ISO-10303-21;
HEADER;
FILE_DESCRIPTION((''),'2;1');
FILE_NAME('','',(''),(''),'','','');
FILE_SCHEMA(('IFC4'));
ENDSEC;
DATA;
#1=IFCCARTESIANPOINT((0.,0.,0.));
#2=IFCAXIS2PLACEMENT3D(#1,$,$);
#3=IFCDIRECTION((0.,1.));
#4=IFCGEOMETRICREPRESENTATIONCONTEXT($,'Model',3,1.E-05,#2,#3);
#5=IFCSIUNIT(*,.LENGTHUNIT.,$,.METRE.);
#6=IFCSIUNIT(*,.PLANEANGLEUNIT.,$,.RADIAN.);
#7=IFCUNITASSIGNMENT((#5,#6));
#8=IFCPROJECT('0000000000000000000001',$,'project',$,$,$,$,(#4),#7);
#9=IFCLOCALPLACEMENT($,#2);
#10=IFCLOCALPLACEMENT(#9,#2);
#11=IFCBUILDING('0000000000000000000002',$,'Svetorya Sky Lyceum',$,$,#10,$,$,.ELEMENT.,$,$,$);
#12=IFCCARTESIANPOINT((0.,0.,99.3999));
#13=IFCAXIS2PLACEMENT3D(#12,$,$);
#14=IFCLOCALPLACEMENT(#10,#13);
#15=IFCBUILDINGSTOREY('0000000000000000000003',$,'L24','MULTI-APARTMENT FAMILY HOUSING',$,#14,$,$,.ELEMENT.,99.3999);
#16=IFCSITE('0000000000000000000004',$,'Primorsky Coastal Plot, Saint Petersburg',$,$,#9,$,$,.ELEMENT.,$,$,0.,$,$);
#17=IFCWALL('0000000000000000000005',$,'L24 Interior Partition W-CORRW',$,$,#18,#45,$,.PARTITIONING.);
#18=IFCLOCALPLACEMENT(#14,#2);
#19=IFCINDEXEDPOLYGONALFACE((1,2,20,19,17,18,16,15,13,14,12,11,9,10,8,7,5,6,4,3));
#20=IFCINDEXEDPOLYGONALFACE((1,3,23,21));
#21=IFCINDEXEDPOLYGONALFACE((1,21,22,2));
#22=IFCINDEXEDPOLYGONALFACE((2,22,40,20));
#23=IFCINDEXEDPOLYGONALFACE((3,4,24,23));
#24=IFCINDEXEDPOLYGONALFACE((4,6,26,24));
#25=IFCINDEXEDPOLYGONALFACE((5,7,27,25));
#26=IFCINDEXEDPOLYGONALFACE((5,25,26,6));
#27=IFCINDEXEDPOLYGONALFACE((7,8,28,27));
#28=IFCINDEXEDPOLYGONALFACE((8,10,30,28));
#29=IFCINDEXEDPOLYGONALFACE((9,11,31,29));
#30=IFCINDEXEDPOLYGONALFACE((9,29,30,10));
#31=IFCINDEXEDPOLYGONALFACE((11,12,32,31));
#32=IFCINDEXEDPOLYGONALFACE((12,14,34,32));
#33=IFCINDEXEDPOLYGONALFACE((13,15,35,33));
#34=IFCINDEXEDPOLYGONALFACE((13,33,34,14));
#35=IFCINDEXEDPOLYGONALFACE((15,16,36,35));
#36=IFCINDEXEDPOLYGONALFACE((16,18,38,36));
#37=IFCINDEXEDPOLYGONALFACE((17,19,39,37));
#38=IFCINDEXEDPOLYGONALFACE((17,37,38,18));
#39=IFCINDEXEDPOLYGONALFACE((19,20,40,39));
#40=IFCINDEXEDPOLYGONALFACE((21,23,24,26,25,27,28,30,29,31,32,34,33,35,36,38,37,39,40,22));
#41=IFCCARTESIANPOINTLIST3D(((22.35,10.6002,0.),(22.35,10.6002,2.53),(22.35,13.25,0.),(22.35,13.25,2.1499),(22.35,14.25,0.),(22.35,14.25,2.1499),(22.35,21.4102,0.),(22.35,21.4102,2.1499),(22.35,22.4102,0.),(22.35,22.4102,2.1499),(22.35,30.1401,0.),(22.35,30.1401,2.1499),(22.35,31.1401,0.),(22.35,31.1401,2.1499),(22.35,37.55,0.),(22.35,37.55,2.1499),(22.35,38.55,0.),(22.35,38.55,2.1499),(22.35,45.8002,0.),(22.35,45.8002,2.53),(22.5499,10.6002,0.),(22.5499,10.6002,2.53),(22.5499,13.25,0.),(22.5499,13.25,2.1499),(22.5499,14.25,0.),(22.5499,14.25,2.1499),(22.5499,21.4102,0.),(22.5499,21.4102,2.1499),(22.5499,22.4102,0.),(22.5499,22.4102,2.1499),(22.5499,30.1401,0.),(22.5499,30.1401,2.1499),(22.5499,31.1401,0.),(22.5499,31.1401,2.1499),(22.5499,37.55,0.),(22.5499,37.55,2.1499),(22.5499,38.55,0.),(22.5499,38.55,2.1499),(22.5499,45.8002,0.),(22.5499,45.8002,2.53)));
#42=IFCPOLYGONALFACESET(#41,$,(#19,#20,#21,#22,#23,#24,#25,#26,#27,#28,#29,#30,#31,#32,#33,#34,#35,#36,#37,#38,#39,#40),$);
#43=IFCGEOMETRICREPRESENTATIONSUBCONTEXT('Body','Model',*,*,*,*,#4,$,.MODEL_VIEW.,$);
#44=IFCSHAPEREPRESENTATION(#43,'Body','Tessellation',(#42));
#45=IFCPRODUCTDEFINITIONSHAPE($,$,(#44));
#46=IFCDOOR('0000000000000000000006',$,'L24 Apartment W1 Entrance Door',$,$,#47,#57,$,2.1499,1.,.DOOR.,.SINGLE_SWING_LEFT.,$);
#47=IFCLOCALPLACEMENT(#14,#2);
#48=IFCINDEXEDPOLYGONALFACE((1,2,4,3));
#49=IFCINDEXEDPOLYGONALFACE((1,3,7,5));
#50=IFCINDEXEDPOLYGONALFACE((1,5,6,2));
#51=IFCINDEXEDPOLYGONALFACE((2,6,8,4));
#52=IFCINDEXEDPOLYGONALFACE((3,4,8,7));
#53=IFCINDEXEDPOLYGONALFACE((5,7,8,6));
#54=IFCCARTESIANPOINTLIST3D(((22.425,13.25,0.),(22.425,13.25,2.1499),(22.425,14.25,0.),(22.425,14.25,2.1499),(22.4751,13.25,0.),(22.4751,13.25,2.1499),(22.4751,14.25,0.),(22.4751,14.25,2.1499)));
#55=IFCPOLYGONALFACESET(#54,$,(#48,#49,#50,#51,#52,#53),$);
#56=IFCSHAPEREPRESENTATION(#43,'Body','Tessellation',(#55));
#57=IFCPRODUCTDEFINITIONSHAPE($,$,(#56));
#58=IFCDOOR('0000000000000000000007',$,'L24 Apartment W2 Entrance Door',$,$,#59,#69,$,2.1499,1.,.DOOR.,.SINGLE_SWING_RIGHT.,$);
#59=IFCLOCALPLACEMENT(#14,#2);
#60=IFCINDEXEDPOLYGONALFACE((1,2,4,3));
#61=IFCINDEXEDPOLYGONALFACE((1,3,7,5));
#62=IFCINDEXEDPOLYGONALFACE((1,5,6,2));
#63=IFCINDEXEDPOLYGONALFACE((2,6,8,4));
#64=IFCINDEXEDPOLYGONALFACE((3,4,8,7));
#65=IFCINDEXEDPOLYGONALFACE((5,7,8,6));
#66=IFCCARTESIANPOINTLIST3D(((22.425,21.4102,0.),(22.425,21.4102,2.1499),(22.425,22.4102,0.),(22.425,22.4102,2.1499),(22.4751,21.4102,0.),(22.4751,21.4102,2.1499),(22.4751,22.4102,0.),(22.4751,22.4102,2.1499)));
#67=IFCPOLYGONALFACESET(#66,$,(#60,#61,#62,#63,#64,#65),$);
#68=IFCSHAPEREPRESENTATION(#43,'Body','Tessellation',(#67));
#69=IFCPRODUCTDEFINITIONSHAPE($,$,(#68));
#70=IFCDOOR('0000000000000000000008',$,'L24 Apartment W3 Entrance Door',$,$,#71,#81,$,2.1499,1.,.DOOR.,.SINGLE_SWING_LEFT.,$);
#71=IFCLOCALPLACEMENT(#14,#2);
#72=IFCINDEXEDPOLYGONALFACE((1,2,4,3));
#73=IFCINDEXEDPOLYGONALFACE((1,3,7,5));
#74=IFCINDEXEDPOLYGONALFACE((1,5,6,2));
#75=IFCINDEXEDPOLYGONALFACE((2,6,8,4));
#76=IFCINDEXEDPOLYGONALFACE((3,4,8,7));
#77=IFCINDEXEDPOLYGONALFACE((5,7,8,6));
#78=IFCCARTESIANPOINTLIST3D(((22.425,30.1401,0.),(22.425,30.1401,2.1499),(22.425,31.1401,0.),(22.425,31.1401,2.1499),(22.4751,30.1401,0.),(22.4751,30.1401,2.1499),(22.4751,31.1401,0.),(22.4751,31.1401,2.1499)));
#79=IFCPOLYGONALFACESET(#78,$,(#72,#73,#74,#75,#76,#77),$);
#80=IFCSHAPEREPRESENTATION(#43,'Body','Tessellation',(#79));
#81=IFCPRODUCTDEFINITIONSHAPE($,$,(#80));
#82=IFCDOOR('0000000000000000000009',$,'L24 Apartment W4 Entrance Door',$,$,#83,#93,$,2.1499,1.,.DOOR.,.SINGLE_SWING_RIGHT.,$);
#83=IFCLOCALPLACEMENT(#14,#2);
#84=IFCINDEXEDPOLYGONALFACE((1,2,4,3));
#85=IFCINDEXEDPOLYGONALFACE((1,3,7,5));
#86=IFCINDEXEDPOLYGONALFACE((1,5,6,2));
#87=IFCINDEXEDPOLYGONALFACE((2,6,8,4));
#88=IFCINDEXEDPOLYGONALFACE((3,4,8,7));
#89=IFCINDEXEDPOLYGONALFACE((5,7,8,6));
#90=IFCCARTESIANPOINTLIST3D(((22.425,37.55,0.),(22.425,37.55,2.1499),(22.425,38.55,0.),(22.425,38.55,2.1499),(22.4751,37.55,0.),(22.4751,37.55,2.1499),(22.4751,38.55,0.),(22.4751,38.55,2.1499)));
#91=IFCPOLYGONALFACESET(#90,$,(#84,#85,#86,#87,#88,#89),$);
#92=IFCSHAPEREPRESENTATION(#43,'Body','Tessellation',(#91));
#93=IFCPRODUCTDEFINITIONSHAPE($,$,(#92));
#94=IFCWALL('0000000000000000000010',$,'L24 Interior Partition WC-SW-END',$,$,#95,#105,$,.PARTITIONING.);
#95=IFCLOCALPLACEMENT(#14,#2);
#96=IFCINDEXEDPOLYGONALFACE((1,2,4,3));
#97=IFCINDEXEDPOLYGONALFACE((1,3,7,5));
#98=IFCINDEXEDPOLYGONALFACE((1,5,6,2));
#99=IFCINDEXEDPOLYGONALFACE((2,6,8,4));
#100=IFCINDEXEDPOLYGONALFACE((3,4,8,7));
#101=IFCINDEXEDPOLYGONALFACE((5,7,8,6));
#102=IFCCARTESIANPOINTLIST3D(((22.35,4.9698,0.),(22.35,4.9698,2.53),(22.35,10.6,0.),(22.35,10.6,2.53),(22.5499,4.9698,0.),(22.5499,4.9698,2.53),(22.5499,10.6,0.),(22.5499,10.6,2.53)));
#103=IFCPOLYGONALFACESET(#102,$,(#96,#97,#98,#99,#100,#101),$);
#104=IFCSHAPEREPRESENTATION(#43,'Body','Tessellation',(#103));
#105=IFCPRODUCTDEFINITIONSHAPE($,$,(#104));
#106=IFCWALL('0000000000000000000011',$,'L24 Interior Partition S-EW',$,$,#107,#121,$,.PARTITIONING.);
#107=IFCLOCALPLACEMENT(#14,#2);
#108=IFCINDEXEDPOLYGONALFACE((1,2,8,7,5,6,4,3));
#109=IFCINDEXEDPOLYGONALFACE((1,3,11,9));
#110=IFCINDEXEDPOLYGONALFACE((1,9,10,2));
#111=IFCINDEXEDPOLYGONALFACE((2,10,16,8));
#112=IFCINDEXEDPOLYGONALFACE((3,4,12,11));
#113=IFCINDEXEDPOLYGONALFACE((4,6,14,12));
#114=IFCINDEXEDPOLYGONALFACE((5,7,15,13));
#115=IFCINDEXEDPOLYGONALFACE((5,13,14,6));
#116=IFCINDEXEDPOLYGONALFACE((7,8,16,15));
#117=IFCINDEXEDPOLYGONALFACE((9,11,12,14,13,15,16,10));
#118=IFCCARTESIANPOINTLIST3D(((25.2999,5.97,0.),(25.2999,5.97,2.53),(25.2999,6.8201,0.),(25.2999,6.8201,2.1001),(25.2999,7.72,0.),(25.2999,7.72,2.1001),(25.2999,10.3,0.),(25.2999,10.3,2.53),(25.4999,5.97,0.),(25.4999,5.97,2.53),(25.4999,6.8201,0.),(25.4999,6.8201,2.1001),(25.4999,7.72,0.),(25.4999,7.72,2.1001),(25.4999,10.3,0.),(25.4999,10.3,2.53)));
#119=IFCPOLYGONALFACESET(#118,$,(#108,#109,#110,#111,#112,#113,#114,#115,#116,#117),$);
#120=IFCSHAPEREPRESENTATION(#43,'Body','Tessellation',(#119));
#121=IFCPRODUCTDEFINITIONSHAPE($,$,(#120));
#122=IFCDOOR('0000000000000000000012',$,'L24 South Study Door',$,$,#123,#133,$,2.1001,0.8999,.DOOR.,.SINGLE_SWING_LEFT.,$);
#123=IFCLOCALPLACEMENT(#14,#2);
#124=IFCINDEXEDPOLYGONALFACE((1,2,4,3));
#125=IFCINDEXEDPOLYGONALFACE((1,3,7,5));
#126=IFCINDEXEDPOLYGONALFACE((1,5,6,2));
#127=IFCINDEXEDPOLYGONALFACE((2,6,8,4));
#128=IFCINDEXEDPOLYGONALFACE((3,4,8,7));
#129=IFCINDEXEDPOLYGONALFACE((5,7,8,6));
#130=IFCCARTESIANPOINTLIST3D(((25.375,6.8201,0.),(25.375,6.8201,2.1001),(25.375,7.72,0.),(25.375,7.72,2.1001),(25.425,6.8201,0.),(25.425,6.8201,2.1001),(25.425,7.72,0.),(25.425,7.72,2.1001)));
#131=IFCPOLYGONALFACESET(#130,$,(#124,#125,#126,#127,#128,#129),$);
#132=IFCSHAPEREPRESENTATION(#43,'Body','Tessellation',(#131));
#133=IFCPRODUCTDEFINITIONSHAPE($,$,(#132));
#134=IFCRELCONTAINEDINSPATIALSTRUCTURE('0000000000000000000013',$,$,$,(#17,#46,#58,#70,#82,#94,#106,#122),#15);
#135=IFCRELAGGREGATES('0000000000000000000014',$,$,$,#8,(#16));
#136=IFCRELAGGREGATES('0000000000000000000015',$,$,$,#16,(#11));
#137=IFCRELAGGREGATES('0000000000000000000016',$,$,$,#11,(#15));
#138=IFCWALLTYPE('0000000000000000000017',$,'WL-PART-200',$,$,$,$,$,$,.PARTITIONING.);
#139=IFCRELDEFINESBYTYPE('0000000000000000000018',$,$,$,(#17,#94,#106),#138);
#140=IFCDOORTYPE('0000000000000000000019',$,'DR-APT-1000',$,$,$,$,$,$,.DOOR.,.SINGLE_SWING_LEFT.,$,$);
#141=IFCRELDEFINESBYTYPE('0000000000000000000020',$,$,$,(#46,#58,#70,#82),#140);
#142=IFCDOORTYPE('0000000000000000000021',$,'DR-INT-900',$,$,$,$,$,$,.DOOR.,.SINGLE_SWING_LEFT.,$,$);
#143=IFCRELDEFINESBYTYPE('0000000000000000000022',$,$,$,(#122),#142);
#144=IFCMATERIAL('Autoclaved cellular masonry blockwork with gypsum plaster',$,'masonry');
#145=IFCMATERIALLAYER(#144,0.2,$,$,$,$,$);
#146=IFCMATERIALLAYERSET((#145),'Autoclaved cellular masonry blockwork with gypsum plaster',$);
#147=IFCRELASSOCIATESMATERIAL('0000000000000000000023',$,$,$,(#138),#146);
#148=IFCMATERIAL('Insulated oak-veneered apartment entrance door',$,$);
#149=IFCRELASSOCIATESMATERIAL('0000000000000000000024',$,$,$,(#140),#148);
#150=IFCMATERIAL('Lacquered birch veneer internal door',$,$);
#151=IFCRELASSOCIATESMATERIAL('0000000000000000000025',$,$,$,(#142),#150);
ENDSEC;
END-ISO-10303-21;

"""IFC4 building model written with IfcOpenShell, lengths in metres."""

from ifc_helpers import new_model, si_unit, direction, frame, frame_2d, origin, place, context, subcontext, project, spatial, rectangle, extrude, material, layer, layer_set, type_object, element, fill, save


model = new_model("IFC4")

# Units and contexts
model_context = context("Model", 3, precision=1e-05, world=origin(), true_north=direction((0.0, 1.0)))
body_context = subcontext(model_context, "Body", "Model", "MODEL_VIEW")
ifc_project = project(units=[si_unit("LENGTHUNIT", "METRE"), si_unit("PLANEANGLEUNIT", "RADIAN")], contexts=[model_context])

# Site, building, storey
site_placement = place(None, origin())
site = spatial("IfcSite", under=ifc_project, at=site_placement, Name="Primorsky Coastal Plot, Saint Petersburg", CompositionType="ELEMENT", RefElevation=0.0)
building_placement = place(site_placement, origin())
building = spatial("IfcBuilding", under=site, at=building_placement, Name="Svetorya Sky Lyceum", CompositionType="ELEMENT")
storey_placement = place(building_placement, frame((0.0, 0.0, 99.3999)))
storey = spatial("IfcBuildingStorey", under=building, at=storey_placement, Name="L24", Description="MULTI-APARTMENT FAMILY HOUSING", CompositionType="ELEMENT", Elevation=99.3999)

# Wall, openings, doors
ifc_material_1 = material(Name="Autoclaved cellular masonry blockwork with gypsum plaster", Category="masonry")
ifc_layer_1 = layer(ifc_material_1, 0.2)
ifc_layer_set_1 = layer_set([ifc_layer_1], Name="Autoclaved cellular masonry blockwork with gypsum plaster")
wall_type_1 = type_object("IfcWallType", Name="WL-PART-200", PredefinedType="PARTITIONING", material=ifc_layer_set_1)
wall_1_placement = place(storey_placement, frame((22.45, 10.6001, 0.0), z_axis=(0.0, 0.0, 1.0), x_axis=(0.0, 1.0, 0.0)))
wall_1 = element("IfcWall", 1, at=wall_1_placement, inside=storey, type_object=wall_type_1, Name="L24 Interior Partition W-CORRW", PredefinedType="PARTITIONING", context=body_context, shape_type="SweptSolid", body=[
    extrude(rectangle(XDim=35.2, YDim=0.2, at=frame_2d((17.6001, 0.0))), origin(), (0.0, 0.0, 1.0), 2.53),
])
opening_1_placement = place(wall_1_placement, frame((2.6499, 0.0, 0.0)))
opening_1 = element("IfcOpeningElement", 2, at=opening_1_placement, cuts=wall_1, PredefinedType="OPENING", context=body_context, shape_type="SweptSolid", body=[
    extrude(rectangle(XDim=1.0, YDim=2.1499, at=frame_2d((0.5, 1.075))), frame((0.0, 0.1099, 0.0), z_axis=(0.0, -1.0, 0.0), x_axis=(1.0, 0.0, 0.0)), (0.0, 0.0, 1.0), 0.22),
])
opening_2_placement = place(wall_1_placement, frame((10.8101, 0.0, 0.0)))
opening_2 = element("IfcOpeningElement", 3, at=opening_2_placement, cuts=wall_1, PredefinedType="OPENING", context=body_context, shape_type="SweptSolid", body=[
    extrude(rectangle(XDim=1.0, YDim=2.1499, at=frame_2d((0.5, 1.075))), frame((0.0, 0.1099, 0.0), z_axis=(0.0, -1.0, 0.0), x_axis=(1.0, 0.0, 0.0)), (0.0, 0.0, 1.0), 0.22),
])
opening_3_placement = place(wall_1_placement, frame((19.54, 0.0, 0.0)))
opening_3 = element("IfcOpeningElement", 4, at=opening_3_placement, cuts=wall_1, PredefinedType="OPENING", context=body_context, shape_type="SweptSolid", body=[
    extrude(rectangle(XDim=1.0, YDim=2.1499, at=frame_2d((0.5, 1.075))), frame((0.0, 0.1099, 0.0), z_axis=(0.0, -1.0, 0.0), x_axis=(1.0, 0.0, 0.0)), (0.0, 0.0, 1.0), 0.22),
])
opening_4_placement = place(wall_1_placement, frame((26.95, 0.0, 0.0)))
opening_4 = element("IfcOpeningElement", 5, at=opening_4_placement, cuts=wall_1, PredefinedType="OPENING", context=body_context, shape_type="SweptSolid", body=[
    extrude(rectangle(XDim=1.0, YDim=2.1499, at=frame_2d((0.5, 1.075))), frame((0.0, 0.1099, 0.0), z_axis=(0.0, -1.0, 0.0), x_axis=(1.0, 0.0, 0.0)), (0.0, 0.0, 1.0), 0.22),
])
ifc_material_2 = material(Name="Insulated oak-veneered apartment entrance door")
door_type_1 = type_object("IfcDoorType", Name="DR-APT-1000", OperationType="SINGLE_SWING_LEFT", PredefinedType="DOOR", material=ifc_material_2)
door_1_placement = place(opening_1_placement, origin())
door_1 = element("IfcDoor", 6, at=door_1_placement, inside=storey, type_object=door_type_1, Name="L24 Apartment W1 Entrance Door", OperationType="SINGLE_SWING_LEFT", OverallHeight=2.1499, OverallWidth=1.0, PredefinedType="DOOR", context=body_context, shape_type="SweptSolid", body=[
    extrude(rectangle(XDim=1.0, YDim=2.1499, at=frame_2d((0.5, 1.075))), frame((0.0, 0.0249, 0.0), z_axis=(0.0, -1.0, 0.0), x_axis=(1.0, 0.0, 0.0)), (0.0, 0.0, 1.0), 0.05),
])
fill(opening_1, door_1)
door_2_placement = place(opening_2_placement, origin())
door_2 = element("IfcDoor", 7, at=door_2_placement, inside=storey, type_object=door_type_1, Name="L24 Apartment W2 Entrance Door", OperationType="SINGLE_SWING_RIGHT", OverallHeight=2.1499, OverallWidth=1.0, PredefinedType="DOOR", context=body_context, shape_type="SweptSolid", body=[
    extrude(rectangle(XDim=1.0, YDim=2.1499, at=frame_2d((0.5, 1.075))), frame((0.0, 0.0249, 0.0), z_axis=(0.0, -1.0, 0.0), x_axis=(1.0, 0.0, 0.0)), (0.0, 0.0, 1.0), 0.05),
])
fill(opening_2, door_2)
door_3_placement = place(opening_3_placement, origin())
door_3 = element("IfcDoor", 8, at=door_3_placement, inside=storey, type_object=door_type_1, Name="L24 Apartment W3 Entrance Door", OperationType="SINGLE_SWING_LEFT", OverallHeight=2.1499, OverallWidth=1.0, PredefinedType="DOOR", context=body_context, shape_type="SweptSolid", body=[
    extrude(rectangle(XDim=1.0, YDim=2.1499, at=frame_2d((0.5, 1.075))), frame((0.0, 0.0249, 0.0), z_axis=(0.0, -1.0, 0.0), x_axis=(1.0, 0.0, 0.0)), (0.0, 0.0, 1.0), 0.05),
])
fill(opening_3, door_3)
door_4_placement = place(opening_4_placement, origin())
door_4 = element("IfcDoor", 9, at=door_4_placement, inside=storey, type_object=door_type_1, Name="L24 Apartment W4 Entrance Door", OperationType="SINGLE_SWING_RIGHT", OverallHeight=2.1499, OverallWidth=1.0, PredefinedType="DOOR", context=body_context, shape_type="SweptSolid", body=[
    extrude(rectangle(XDim=1.0, YDim=2.1499, at=frame_2d((0.5, 1.075))), frame((0.0, 0.0249, 0.0), z_axis=(0.0, -1.0, 0.0), x_axis=(1.0, 0.0, 0.0)), (0.0, 0.0, 1.0), 0.05),
])
fill(opening_4, door_4)

# Wall
wall_2_placement = place(storey_placement, frame((22.45, 4.97, 0.0), z_axis=(0.0, 0.0, 1.0), x_axis=(0.0, 1.0, 0.0)))
element("IfcWall", 10, at=wall_2_placement, inside=storey, type_object=wall_type_1, Name="L24 Interior Partition WC-SW-END", PredefinedType="PARTITIONING", context=body_context, shape_type="SweptSolid", body=[
    extrude(rectangle(XDim=5.6301, YDim=0.2, at=frame_2d((2.8149, 0.0))), origin(), (0.0, 0.0, 1.0), 2.53),
])

# Wall, opening, door
wall_3_placement = place(storey_placement, frame((25.3999, 5.97, 0.0), z_axis=(0.0, 0.0, 1.0), x_axis=(0.0, 1.0, 0.0)))
wall_3 = element("IfcWall", 11, at=wall_3_placement, inside=storey, type_object=wall_type_1, Name="L24 Interior Partition S-EW", PredefinedType="PARTITIONING", context=body_context, shape_type="SweptSolid", body=[
    extrude(rectangle(XDim=4.3301, YDim=0.2, at=frame_2d((2.165, 0.0))), origin(), (0.0, 0.0, 1.0), 2.53),
])
opening_5_placement = place(wall_3_placement, frame((0.8501, 0.0, 0.0)))
opening_5 = element("IfcOpeningElement", 12, at=opening_5_placement, cuts=wall_3, PredefinedType="OPENING", context=body_context, shape_type="SweptSolid", body=[
    extrude(rectangle(XDim=0.8999, YDim=2.1001, at=frame_2d((0.45, 1.05))), frame((0.0, 0.1099, 0.0), z_axis=(0.0, -1.0, 0.0), x_axis=(1.0, 0.0, 0.0)), (0.0, 0.0, 1.0), 0.22),
])
ifc_material_3 = material(Name="Lacquered birch veneer internal door")
door_type_2 = type_object("IfcDoorType", Name="DR-INT-900", OperationType="SINGLE_SWING_LEFT", PredefinedType="DOOR", material=ifc_material_3)
door_5_placement = place(opening_5_placement, origin())
door_5 = element("IfcDoor", 13, at=door_5_placement, inside=storey, type_object=door_type_2, Name="L24 South Study Door", OperationType="SINGLE_SWING_LEFT", OverallHeight=2.1001, OverallWidth=0.8999, PredefinedType="DOOR", context=body_context, shape_type="SweptSolid", body=[
    extrude(rectangle(XDim=0.8999, YDim=2.1001, at=frame_2d((0.45, 1.05))), frame((0.0, 0.0249, 0.0), z_axis=(0.0, -1.0, 0.0), x_axis=(1.0, 0.0, 0.0)), (0.0, 0.0, 1.0), 0.05),
])
fill(opening_5, door_5)

save(model, "model.ifc")
